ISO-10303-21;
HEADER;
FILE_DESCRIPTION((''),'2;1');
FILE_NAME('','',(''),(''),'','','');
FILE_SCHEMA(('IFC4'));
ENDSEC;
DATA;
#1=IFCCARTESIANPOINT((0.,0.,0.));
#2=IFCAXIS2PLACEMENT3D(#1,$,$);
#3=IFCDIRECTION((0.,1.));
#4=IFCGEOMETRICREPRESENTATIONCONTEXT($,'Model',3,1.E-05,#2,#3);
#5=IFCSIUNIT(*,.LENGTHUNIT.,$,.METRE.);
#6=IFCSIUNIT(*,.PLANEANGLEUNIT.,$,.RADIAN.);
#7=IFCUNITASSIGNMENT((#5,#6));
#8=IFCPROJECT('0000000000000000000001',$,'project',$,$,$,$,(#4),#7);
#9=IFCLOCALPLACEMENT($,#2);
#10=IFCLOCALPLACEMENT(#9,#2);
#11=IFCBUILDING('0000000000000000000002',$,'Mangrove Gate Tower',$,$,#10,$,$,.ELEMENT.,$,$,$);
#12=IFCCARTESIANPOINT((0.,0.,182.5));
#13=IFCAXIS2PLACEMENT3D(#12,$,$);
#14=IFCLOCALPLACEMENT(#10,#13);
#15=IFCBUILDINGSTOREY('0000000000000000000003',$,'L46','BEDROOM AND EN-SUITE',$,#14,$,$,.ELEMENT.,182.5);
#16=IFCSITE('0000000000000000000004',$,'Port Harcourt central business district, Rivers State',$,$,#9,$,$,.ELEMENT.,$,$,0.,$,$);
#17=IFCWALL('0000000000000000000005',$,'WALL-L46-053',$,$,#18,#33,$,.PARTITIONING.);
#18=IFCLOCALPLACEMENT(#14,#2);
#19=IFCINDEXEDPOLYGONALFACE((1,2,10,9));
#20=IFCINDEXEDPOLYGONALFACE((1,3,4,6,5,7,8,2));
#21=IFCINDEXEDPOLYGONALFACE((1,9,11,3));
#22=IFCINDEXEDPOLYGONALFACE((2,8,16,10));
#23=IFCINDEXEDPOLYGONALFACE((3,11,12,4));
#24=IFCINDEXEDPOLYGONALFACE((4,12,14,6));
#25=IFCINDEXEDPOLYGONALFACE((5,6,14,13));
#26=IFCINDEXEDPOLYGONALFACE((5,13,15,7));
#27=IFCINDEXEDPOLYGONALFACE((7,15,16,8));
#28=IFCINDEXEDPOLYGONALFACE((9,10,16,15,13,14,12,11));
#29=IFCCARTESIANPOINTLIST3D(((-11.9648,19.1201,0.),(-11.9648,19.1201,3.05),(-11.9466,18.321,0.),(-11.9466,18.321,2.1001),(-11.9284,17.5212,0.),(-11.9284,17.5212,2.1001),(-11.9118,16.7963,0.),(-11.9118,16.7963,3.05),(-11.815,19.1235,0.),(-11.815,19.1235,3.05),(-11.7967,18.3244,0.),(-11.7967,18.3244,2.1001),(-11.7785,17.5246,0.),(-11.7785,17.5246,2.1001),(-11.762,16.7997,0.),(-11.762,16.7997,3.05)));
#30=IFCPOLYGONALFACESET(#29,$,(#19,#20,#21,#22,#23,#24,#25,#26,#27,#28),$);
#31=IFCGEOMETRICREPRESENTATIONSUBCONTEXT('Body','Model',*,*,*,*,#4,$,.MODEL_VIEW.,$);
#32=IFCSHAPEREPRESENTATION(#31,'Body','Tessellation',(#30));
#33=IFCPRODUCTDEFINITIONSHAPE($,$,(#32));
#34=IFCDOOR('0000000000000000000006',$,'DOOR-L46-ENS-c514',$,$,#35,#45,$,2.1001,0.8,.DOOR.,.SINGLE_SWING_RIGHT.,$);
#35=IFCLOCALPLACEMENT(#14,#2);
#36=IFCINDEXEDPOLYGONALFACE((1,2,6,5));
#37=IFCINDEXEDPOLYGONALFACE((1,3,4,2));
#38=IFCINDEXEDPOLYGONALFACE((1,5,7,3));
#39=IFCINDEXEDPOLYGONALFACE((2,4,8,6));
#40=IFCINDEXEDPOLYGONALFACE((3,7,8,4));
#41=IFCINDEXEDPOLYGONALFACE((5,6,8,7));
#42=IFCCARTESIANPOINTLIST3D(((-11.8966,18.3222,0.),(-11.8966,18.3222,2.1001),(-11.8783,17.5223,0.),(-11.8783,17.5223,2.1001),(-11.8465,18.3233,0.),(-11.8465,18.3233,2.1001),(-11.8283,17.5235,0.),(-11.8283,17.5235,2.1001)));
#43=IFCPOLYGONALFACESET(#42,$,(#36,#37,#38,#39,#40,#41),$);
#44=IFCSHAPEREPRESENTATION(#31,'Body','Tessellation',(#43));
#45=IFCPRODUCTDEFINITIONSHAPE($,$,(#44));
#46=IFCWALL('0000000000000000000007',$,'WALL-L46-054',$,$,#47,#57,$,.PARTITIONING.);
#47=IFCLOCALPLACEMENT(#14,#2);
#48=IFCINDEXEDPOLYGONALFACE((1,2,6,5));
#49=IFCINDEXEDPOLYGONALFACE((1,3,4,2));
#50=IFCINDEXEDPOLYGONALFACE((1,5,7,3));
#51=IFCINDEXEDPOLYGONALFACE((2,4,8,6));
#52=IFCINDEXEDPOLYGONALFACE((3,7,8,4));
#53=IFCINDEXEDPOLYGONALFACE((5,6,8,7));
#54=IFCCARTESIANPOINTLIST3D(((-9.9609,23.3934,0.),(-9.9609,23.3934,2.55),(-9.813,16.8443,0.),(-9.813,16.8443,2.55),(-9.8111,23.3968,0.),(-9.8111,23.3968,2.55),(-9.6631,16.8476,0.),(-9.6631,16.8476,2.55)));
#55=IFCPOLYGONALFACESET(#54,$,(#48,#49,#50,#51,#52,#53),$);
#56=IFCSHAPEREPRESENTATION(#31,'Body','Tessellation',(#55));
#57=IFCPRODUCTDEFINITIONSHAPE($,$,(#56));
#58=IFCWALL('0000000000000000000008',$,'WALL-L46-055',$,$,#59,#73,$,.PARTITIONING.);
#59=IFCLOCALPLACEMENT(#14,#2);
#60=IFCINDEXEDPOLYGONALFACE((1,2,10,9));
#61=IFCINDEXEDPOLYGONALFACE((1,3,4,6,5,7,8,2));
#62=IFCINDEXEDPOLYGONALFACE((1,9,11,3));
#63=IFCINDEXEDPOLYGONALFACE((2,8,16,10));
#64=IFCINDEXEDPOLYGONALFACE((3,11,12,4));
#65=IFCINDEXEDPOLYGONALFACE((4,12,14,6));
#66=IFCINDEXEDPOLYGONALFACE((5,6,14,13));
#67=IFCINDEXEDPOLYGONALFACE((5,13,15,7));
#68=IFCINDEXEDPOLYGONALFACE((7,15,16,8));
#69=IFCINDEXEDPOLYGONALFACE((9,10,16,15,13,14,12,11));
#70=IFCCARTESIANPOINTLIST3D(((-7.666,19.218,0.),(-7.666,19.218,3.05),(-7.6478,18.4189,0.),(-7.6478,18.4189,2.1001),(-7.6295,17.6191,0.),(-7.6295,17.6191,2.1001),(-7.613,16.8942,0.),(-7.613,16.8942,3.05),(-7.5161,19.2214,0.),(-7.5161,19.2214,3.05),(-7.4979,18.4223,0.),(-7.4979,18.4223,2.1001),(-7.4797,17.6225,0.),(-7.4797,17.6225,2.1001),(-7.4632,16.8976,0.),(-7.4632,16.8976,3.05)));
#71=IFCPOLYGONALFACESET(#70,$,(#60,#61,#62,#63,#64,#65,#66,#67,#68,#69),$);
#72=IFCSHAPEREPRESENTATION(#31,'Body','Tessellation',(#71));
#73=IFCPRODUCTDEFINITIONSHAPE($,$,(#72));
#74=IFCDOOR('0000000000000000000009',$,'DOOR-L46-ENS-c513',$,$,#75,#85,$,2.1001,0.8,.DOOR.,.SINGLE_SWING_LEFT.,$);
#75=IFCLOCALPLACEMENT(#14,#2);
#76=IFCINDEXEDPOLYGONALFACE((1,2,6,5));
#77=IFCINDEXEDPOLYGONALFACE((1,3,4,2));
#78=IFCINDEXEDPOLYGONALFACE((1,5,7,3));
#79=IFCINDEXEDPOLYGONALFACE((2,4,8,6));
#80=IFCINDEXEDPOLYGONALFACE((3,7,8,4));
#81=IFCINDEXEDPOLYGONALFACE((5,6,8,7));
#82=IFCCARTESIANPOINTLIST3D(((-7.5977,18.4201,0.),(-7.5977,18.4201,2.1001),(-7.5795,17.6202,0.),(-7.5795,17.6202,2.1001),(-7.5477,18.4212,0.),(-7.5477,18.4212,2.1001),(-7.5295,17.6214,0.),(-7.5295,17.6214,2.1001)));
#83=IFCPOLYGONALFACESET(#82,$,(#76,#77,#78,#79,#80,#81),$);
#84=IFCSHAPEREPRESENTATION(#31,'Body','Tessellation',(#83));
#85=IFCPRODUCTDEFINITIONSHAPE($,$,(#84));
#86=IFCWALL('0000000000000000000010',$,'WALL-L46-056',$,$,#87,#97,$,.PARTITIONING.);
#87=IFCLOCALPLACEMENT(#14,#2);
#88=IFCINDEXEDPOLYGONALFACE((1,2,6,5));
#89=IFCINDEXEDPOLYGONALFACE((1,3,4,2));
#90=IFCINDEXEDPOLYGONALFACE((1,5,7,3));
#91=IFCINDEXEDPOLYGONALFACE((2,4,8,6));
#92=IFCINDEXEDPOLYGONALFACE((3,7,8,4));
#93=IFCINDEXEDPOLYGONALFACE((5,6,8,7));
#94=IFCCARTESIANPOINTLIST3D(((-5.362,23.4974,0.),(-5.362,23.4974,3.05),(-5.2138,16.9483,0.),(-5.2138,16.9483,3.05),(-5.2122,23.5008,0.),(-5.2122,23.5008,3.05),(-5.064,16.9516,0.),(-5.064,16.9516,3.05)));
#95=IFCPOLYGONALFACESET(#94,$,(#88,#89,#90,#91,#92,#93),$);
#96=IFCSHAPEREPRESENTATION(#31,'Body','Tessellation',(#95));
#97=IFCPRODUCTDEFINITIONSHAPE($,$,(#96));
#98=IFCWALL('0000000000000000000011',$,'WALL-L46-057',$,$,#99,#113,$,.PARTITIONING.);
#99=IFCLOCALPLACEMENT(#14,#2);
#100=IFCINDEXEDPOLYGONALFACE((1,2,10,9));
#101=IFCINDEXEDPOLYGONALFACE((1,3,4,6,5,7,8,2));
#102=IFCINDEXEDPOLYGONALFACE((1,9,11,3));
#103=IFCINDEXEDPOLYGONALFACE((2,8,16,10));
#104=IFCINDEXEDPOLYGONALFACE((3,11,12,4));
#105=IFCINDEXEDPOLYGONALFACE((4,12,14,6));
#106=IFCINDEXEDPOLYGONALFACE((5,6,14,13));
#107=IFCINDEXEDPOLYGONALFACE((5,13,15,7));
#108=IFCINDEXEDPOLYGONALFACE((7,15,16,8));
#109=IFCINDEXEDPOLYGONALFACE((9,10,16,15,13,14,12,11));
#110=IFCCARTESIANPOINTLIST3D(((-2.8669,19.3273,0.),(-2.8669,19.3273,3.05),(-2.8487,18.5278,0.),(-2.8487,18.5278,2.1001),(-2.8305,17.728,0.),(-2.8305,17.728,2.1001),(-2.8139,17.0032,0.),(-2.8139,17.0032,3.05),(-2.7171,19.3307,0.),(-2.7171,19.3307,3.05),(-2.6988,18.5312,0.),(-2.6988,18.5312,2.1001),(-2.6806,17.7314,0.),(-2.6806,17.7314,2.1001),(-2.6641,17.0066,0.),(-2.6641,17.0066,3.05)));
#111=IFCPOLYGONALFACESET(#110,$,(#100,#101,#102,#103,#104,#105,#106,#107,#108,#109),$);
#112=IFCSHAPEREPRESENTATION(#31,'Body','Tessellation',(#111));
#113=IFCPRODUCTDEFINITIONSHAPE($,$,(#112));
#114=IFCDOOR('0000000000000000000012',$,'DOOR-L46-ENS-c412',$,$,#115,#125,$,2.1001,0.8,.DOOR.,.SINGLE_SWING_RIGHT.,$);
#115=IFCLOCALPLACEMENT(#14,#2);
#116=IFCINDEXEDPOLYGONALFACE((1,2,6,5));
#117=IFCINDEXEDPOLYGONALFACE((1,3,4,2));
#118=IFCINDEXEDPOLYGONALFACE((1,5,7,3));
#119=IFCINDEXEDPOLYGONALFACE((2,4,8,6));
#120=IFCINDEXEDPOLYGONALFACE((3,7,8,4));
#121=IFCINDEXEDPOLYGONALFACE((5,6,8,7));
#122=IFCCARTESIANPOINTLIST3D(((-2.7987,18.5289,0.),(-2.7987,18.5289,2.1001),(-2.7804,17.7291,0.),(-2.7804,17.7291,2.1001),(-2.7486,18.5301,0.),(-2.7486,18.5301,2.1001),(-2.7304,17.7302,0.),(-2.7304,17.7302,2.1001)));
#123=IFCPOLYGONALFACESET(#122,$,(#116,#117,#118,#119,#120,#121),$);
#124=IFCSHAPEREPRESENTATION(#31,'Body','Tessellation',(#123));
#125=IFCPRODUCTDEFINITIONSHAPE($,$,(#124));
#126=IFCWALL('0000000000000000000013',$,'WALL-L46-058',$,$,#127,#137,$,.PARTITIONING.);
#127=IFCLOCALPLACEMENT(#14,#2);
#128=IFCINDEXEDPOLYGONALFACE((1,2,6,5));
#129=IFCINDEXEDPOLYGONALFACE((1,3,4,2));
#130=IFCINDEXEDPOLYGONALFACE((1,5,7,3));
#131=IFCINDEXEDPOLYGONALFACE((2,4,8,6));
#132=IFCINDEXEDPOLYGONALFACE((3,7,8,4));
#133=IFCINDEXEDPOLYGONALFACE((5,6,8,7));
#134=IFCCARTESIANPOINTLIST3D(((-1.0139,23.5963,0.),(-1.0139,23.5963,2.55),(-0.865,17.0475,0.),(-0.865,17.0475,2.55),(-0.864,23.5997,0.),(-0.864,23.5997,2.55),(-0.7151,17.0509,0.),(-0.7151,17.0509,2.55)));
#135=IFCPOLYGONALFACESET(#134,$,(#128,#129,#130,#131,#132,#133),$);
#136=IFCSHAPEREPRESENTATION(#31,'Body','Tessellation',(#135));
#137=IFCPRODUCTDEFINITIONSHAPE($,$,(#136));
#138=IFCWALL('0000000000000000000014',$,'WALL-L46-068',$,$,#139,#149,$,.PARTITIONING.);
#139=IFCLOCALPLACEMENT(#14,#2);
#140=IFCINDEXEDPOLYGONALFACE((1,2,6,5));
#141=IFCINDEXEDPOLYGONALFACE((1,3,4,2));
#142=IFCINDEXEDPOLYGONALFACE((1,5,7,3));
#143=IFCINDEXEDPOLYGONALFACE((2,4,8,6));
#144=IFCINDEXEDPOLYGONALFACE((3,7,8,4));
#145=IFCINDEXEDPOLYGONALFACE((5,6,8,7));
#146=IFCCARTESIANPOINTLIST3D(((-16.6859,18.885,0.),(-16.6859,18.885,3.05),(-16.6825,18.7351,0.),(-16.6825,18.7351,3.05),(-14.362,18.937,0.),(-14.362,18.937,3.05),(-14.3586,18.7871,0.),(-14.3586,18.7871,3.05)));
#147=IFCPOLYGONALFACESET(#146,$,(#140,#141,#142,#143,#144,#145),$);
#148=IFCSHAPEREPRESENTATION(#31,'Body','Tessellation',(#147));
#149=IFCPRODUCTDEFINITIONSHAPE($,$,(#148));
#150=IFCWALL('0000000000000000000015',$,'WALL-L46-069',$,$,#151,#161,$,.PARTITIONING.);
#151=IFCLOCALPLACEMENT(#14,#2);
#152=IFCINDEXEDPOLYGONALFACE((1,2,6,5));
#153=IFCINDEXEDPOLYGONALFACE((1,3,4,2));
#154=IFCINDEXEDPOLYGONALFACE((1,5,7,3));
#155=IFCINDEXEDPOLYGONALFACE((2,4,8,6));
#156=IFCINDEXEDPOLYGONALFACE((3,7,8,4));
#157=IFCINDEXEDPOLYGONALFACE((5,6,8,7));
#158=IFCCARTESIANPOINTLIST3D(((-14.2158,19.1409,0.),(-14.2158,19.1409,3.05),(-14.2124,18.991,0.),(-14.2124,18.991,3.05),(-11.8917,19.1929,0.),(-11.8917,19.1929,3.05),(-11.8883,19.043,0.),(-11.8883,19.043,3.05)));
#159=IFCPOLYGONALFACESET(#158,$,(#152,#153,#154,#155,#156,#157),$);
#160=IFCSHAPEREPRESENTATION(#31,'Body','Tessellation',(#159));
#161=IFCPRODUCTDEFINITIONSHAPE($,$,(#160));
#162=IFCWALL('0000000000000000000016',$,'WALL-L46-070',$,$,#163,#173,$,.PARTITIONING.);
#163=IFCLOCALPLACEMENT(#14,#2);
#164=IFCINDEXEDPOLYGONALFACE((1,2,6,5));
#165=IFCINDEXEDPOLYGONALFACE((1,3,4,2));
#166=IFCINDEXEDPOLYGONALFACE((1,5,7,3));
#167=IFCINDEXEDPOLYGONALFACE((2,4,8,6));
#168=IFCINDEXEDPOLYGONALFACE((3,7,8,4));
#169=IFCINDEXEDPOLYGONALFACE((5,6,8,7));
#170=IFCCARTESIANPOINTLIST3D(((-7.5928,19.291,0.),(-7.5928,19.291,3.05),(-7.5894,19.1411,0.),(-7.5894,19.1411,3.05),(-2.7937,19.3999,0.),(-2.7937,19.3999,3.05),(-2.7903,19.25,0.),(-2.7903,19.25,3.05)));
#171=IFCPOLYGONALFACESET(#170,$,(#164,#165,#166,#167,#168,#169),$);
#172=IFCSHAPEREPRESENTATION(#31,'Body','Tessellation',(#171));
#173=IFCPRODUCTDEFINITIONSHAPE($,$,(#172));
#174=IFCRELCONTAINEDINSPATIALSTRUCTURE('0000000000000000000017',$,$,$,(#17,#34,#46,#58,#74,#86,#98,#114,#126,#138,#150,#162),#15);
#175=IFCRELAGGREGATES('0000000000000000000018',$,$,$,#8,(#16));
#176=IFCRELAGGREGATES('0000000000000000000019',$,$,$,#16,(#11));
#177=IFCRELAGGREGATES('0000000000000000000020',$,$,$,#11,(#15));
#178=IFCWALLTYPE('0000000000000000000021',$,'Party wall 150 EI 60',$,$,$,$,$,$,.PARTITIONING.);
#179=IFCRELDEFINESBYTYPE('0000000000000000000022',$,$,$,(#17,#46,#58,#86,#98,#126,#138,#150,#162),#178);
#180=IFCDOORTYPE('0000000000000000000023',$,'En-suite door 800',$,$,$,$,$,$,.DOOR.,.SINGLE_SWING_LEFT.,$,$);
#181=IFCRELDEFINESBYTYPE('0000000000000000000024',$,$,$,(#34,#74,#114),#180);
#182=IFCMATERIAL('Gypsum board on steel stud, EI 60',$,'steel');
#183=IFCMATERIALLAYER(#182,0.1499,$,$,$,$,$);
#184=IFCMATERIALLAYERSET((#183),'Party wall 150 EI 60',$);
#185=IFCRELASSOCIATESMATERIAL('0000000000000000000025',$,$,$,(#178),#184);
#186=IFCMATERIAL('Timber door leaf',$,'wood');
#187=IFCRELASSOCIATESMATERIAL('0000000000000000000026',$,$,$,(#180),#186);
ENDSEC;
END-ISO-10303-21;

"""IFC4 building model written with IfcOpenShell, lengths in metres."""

from ifc_helpers import new_model, si_unit, direction, frame, frame_2d, origin, place, context, subcontext, project, spatial, rectangle, extrude, material, layer, layer_set, type_object, element, fill, save


model = new_model("IFC4")

# Units and contexts
model_context = context("Model", 3, precision=1e-05, world=origin(), true_north=direction((0.0, 1.0)))
body_context = subcontext(model_context, "Body", "Model", "MODEL_VIEW")
ifc_project = project(units=[si_unit("LENGTHUNIT", "METRE"), si_unit("PLANEANGLEUNIT", "RADIAN")], contexts=[model_context])

# Site, building, storey
site_placement = place(None, origin())
site = spatial("IfcSite", under=ifc_project, at=site_placement, Name="Port Harcourt central business district, Rivers State", CompositionType="ELEMENT", RefElevation=0.0)
building_placement = place(site_placement, origin())
building = spatial("IfcBuilding", under=site, at=building_placement, Name="Mangrove Gate Tower", CompositionType="ELEMENT")
storey_placement = place(building_placement, frame((0.0, 0.0, 182.5)))
storey = spatial("IfcBuildingStorey", under=building, at=storey_placement, Name="L46", Description="BEDROOM AND EN-SUITE", CompositionType="ELEMENT", Elevation=182.5)

# Shared definitions
ifc_material_1 = material(Name="Gypsum board on steel stud, EI 60", Category="steel")
ifc_layer = layer(ifc_material_1, 0.1499)
ifc_layer_set = layer_set([ifc_layer], Name="Party wall 150 EI 60")
wall_type = type_object("IfcWallType", Name="Party wall 150 EI 60", PredefinedType="PARTITIONING", material=ifc_layer_set)

# Wall, opening, door
wall_1_placement = place(storey_placement, frame((-11.8369, 16.7981, 0.0), z_axis=(0.0, 0.0, 1.0), x_axis=(-0.022791, 0.99974, 0.0)))
wall_1 = element("IfcWall", 1, at=wall_1_placement, inside=storey, type_object=wall_type, Name="WALL-L46-053", PredefinedType="PARTITIONING", context=body_context, shape_type="SweptSolid", body=[
    extrude(rectangle(XDim=2.3245, YDim=0.1499, at=frame_2d((1.1621, 0.0))), origin(), (0.0, 0.0, 1.0), 3.05),
])
opening_1_placement = place(wall_1_placement, frame((0.7251, 0.0, 0.0)))
opening_1 = element("IfcOpeningElement", 2, at=opening_1_placement, cuts=wall_1, PredefinedType="OPENING", context=body_context, shape_type="SweptSolid", body=[
    extrude(rectangle(XDim=0.8, YDim=2.1001, at=frame_2d((0.3999, 1.05))), frame((0.0, 0.085, 0.0), z_axis=(0.0, -1.0, 0.0), x_axis=(1.0, 0.0, 0.0)), (0.0, 0.0, 1.0), 0.1699),
])
ifc_material_2 = material(Name="Timber door leaf", Category="wood")
door_type_1 = type_object("IfcDoorType", Name="En-suite door 800", OperationType="SINGLE_SWING_LEFT", PredefinedType="DOOR", material=ifc_material_2)
door_1_placement = place(opening_1_placement, origin())
door_1 = element("IfcDoor", 3, at=door_1_placement, inside=storey, type_object=door_type_1, Name="DOOR-L46-ENS-c514", OperationType="SINGLE_SWING_RIGHT", OverallHeight=2.1001, OverallWidth=0.8, PredefinedType="DOOR", context=body_context, shape_type="SweptSolid", body=[
    extrude(rectangle(XDim=0.8, YDim=2.1001, at=frame_2d((0.3999, 1.05))), frame((0.0, 0.0249, 0.0), z_axis=(0.0, -1.0, 0.0), x_axis=(1.0, 0.0, 0.0)), (0.0, 0.0, 1.0), 0.05),
])
fill(opening_1, door_1)

# Wall
wall_2_placement = place(storey_placement, frame((-9.738, 16.8459, 0.0), z_axis=(0.0, 0.0, 1.0), x_axis=(-0.022585, 0.999745, 0.0)))
element("IfcWall", 4, at=wall_2_placement, inside=storey, type_object=wall_type, Name="WALL-L46-054", PredefinedType="PARTITIONING", context=body_context, shape_type="SweptSolid", body=[
    extrude(rectangle(XDim=6.5508, YDim=0.1499, at=frame_2d((3.2754, 0.0))), origin(), (0.0, 0.0, 1.0), 2.55),
])

# Wall, opening, door
wall_3_placement = place(storey_placement, frame((-7.5381, 16.896, 0.0), z_axis=(0.0, 0.0, 1.0), x_axis=(-0.022791, 0.99974, 0.0)))
wall_3 = element("IfcWall", 5, at=wall_3_placement, inside=storey, type_object=wall_type, Name="WALL-L46-055", PredefinedType="PARTITIONING", context=body_context, shape_type="SweptSolid", body=[
    extrude(rectangle(XDim=2.3245, YDim=0.1499, at=frame_2d((1.1621, 0.0))), origin(), (0.0, 0.0, 1.0), 3.05),
])
opening_2_placement = place(wall_3_placement, frame((0.7251, 0.0, 0.0)))
opening_2 = element("IfcOpeningElement", 6, at=opening_2_placement, cuts=wall_3, PredefinedType="OPENING", context=body_context, shape_type="SweptSolid", body=[
    extrude(rectangle(XDim=0.8, YDim=2.1001, at=frame_2d((0.3999, 1.05))), frame((0.0, 0.085, 0.0), z_axis=(0.0, -1.0, 0.0), x_axis=(1.0, 0.0, 0.0)), (0.0, 0.0, 1.0), 0.1699),
])
door_2_placement = place(opening_2_placement, origin())
door_2 = element("IfcDoor", 7, at=door_2_placement, inside=storey, type_object=door_type_1, Name="DOOR-L46-ENS-c513", OperationType="SINGLE_SWING_LEFT", OverallHeight=2.1001, OverallWidth=0.8, PredefinedType="DOOR", context=body_context, shape_type="SweptSolid", body=[
    extrude(rectangle(XDim=0.8, YDim=2.1001, at=frame_2d((0.3999, 1.05))), frame((0.0, 0.0249, 0.0), z_axis=(0.0, -1.0, 0.0), x_axis=(1.0, 0.0, 0.0)), (0.0, 0.0, 1.0), 0.05),
])
fill(opening_2, door_2)

# Wall
wall_4_placement = place(storey_placement, frame((-5.1389, 16.95, 0.0), z_axis=(0.0, 0.0, 1.0), x_axis=(-0.022622, 0.999744, 0.0)))
element("IfcWall", 8, at=wall_4_placement, inside=storey, type_object=wall_type, Name="WALL-L46-056", PredefinedType="PARTITIONING", context=body_context, shape_type="SweptSolid", body=[
    extrude(rectangle(XDim=6.5508, YDim=0.1499, at=frame_2d((3.2754, 0.0))), origin(), (0.0, 0.0, 1.0), 3.05),
])

# Wall, opening, door
wall_5_placement = place(storey_placement, frame((-2.739, 17.0049, 0.0), z_axis=(0.0, 0.0, 1.0), x_axis=(-0.022788, 0.99974, 0.0)))
wall_5 = element("IfcWall", 9, at=wall_5_placement, inside=storey, type_object=wall_type, Name="WALL-L46-057", PredefinedType="PARTITIONING", context=body_context, shape_type="SweptSolid", body=[
    extrude(rectangle(XDim=2.3247, YDim=0.1499, at=frame_2d((1.1624, 0.0))), origin(), (0.0, 0.0, 1.0), 3.05),
])
opening_3_placement = place(wall_5_placement, frame((0.7251, 0.0, 0.0)))
opening_3 = element("IfcOpeningElement", 10, at=opening_3_placement, cuts=wall_5, PredefinedType="OPENING", context=body_context, shape_type="SweptSolid", body=[
    extrude(rectangle(XDim=0.8, YDim=2.1001, at=frame_2d((0.3999, 1.05))), frame((0.0, 0.085, 0.0), z_axis=(0.0, -1.0, 0.0), x_axis=(1.0, 0.0, 0.0)), (0.0, 0.0, 1.0), 0.1699),
])
door_3_placement = place(opening_3_placement, origin())
door_3 = element("IfcDoor", 11, at=door_3_placement, inside=storey, type_object=door_type_1, Name="DOOR-L46-ENS-c412", OperationType="SINGLE_SWING_RIGHT", OverallHeight=2.1001, OverallWidth=0.8, PredefinedType="DOOR", context=body_context, shape_type="SweptSolid", body=[
    extrude(rectangle(XDim=0.8, YDim=2.1001, at=frame_2d((0.3999, 1.05))), frame((0.0, 0.0249, 0.0), z_axis=(0.0, -1.0, 0.0), x_axis=(1.0, 0.0, 0.0)), (0.0, 0.0, 1.0), 0.05),
])
fill(opening_3, door_3)

# Walls
wall_6_placement = place(storey_placement, frame((-0.79, 17.0491, 0.0), z_axis=(0.0, 0.0, 1.0), x_axis=(-0.022735, 0.999742, 0.0)))
element("IfcWall", 12, at=wall_6_placement, inside=storey, type_object=wall_type, Name="WALL-L46-058", PredefinedType="PARTITIONING", context=body_context, shape_type="SweptSolid", body=[
    extrude(rectangle(XDim=6.5505, YDim=0.1499, at=frame_2d((3.2754, 0.0))), origin(), (0.0, 0.0, 1.0), 2.55),
])
wall_7_placement = place(storey_placement, frame((-16.6841, 18.8101, 0.0), z_axis=(0.0, 0.0, 1.0), x_axis=(0.99975, 0.022371, 0.0)))
element("IfcWall", 13, at=wall_7_placement, inside=storey, type_object=wall_type, Name="WALL-L46-068", PredefinedType="PARTITIONING", context=body_context, shape_type="SweptSolid", body=[
    extrude(rectangle(XDim=2.3245, YDim=0.1499, at=frame_2d((1.1621, 0.0))), origin(), (0.0, 0.0, 1.0), 3.05),
])
wall_8_placement = place(storey_placement, frame((-14.2141, 19.0659, 0.0), z_axis=(0.0, 0.0, 1.0), x_axis=(0.99975, 0.022368, 0.0)))
element("IfcWall", 14, at=wall_8_placement, inside=storey, type_object=wall_type, Name="WALL-L46-069", PredefinedType="PARTITIONING", context=body_context, shape_type="SweptSolid", body=[
    extrude(rectangle(XDim=2.3247, YDim=0.1499, at=frame_2d((1.1624, 0.0))), origin(), (0.0, 0.0, 1.0), 3.05),
])
wall_9_placement = place(storey_placement, frame((-7.5911, 19.2161, 0.0), z_axis=(0.0, 0.0, 1.0), x_axis=(0.999743, 0.022683, 0.0)))
element("IfcWall", 15, at=wall_9_placement, inside=storey, type_object=wall_type, Name="WALL-L46-070", PredefinedType="PARTITIONING", context=body_context, shape_type="SweptSolid", body=[
    extrude(rectangle(XDim=4.8003, YDim=0.1499, at=frame_2d((2.4001, 0.0))), origin(), (0.0, 0.0, 1.0), 3.05),
])

save(model, "model.ifc")
